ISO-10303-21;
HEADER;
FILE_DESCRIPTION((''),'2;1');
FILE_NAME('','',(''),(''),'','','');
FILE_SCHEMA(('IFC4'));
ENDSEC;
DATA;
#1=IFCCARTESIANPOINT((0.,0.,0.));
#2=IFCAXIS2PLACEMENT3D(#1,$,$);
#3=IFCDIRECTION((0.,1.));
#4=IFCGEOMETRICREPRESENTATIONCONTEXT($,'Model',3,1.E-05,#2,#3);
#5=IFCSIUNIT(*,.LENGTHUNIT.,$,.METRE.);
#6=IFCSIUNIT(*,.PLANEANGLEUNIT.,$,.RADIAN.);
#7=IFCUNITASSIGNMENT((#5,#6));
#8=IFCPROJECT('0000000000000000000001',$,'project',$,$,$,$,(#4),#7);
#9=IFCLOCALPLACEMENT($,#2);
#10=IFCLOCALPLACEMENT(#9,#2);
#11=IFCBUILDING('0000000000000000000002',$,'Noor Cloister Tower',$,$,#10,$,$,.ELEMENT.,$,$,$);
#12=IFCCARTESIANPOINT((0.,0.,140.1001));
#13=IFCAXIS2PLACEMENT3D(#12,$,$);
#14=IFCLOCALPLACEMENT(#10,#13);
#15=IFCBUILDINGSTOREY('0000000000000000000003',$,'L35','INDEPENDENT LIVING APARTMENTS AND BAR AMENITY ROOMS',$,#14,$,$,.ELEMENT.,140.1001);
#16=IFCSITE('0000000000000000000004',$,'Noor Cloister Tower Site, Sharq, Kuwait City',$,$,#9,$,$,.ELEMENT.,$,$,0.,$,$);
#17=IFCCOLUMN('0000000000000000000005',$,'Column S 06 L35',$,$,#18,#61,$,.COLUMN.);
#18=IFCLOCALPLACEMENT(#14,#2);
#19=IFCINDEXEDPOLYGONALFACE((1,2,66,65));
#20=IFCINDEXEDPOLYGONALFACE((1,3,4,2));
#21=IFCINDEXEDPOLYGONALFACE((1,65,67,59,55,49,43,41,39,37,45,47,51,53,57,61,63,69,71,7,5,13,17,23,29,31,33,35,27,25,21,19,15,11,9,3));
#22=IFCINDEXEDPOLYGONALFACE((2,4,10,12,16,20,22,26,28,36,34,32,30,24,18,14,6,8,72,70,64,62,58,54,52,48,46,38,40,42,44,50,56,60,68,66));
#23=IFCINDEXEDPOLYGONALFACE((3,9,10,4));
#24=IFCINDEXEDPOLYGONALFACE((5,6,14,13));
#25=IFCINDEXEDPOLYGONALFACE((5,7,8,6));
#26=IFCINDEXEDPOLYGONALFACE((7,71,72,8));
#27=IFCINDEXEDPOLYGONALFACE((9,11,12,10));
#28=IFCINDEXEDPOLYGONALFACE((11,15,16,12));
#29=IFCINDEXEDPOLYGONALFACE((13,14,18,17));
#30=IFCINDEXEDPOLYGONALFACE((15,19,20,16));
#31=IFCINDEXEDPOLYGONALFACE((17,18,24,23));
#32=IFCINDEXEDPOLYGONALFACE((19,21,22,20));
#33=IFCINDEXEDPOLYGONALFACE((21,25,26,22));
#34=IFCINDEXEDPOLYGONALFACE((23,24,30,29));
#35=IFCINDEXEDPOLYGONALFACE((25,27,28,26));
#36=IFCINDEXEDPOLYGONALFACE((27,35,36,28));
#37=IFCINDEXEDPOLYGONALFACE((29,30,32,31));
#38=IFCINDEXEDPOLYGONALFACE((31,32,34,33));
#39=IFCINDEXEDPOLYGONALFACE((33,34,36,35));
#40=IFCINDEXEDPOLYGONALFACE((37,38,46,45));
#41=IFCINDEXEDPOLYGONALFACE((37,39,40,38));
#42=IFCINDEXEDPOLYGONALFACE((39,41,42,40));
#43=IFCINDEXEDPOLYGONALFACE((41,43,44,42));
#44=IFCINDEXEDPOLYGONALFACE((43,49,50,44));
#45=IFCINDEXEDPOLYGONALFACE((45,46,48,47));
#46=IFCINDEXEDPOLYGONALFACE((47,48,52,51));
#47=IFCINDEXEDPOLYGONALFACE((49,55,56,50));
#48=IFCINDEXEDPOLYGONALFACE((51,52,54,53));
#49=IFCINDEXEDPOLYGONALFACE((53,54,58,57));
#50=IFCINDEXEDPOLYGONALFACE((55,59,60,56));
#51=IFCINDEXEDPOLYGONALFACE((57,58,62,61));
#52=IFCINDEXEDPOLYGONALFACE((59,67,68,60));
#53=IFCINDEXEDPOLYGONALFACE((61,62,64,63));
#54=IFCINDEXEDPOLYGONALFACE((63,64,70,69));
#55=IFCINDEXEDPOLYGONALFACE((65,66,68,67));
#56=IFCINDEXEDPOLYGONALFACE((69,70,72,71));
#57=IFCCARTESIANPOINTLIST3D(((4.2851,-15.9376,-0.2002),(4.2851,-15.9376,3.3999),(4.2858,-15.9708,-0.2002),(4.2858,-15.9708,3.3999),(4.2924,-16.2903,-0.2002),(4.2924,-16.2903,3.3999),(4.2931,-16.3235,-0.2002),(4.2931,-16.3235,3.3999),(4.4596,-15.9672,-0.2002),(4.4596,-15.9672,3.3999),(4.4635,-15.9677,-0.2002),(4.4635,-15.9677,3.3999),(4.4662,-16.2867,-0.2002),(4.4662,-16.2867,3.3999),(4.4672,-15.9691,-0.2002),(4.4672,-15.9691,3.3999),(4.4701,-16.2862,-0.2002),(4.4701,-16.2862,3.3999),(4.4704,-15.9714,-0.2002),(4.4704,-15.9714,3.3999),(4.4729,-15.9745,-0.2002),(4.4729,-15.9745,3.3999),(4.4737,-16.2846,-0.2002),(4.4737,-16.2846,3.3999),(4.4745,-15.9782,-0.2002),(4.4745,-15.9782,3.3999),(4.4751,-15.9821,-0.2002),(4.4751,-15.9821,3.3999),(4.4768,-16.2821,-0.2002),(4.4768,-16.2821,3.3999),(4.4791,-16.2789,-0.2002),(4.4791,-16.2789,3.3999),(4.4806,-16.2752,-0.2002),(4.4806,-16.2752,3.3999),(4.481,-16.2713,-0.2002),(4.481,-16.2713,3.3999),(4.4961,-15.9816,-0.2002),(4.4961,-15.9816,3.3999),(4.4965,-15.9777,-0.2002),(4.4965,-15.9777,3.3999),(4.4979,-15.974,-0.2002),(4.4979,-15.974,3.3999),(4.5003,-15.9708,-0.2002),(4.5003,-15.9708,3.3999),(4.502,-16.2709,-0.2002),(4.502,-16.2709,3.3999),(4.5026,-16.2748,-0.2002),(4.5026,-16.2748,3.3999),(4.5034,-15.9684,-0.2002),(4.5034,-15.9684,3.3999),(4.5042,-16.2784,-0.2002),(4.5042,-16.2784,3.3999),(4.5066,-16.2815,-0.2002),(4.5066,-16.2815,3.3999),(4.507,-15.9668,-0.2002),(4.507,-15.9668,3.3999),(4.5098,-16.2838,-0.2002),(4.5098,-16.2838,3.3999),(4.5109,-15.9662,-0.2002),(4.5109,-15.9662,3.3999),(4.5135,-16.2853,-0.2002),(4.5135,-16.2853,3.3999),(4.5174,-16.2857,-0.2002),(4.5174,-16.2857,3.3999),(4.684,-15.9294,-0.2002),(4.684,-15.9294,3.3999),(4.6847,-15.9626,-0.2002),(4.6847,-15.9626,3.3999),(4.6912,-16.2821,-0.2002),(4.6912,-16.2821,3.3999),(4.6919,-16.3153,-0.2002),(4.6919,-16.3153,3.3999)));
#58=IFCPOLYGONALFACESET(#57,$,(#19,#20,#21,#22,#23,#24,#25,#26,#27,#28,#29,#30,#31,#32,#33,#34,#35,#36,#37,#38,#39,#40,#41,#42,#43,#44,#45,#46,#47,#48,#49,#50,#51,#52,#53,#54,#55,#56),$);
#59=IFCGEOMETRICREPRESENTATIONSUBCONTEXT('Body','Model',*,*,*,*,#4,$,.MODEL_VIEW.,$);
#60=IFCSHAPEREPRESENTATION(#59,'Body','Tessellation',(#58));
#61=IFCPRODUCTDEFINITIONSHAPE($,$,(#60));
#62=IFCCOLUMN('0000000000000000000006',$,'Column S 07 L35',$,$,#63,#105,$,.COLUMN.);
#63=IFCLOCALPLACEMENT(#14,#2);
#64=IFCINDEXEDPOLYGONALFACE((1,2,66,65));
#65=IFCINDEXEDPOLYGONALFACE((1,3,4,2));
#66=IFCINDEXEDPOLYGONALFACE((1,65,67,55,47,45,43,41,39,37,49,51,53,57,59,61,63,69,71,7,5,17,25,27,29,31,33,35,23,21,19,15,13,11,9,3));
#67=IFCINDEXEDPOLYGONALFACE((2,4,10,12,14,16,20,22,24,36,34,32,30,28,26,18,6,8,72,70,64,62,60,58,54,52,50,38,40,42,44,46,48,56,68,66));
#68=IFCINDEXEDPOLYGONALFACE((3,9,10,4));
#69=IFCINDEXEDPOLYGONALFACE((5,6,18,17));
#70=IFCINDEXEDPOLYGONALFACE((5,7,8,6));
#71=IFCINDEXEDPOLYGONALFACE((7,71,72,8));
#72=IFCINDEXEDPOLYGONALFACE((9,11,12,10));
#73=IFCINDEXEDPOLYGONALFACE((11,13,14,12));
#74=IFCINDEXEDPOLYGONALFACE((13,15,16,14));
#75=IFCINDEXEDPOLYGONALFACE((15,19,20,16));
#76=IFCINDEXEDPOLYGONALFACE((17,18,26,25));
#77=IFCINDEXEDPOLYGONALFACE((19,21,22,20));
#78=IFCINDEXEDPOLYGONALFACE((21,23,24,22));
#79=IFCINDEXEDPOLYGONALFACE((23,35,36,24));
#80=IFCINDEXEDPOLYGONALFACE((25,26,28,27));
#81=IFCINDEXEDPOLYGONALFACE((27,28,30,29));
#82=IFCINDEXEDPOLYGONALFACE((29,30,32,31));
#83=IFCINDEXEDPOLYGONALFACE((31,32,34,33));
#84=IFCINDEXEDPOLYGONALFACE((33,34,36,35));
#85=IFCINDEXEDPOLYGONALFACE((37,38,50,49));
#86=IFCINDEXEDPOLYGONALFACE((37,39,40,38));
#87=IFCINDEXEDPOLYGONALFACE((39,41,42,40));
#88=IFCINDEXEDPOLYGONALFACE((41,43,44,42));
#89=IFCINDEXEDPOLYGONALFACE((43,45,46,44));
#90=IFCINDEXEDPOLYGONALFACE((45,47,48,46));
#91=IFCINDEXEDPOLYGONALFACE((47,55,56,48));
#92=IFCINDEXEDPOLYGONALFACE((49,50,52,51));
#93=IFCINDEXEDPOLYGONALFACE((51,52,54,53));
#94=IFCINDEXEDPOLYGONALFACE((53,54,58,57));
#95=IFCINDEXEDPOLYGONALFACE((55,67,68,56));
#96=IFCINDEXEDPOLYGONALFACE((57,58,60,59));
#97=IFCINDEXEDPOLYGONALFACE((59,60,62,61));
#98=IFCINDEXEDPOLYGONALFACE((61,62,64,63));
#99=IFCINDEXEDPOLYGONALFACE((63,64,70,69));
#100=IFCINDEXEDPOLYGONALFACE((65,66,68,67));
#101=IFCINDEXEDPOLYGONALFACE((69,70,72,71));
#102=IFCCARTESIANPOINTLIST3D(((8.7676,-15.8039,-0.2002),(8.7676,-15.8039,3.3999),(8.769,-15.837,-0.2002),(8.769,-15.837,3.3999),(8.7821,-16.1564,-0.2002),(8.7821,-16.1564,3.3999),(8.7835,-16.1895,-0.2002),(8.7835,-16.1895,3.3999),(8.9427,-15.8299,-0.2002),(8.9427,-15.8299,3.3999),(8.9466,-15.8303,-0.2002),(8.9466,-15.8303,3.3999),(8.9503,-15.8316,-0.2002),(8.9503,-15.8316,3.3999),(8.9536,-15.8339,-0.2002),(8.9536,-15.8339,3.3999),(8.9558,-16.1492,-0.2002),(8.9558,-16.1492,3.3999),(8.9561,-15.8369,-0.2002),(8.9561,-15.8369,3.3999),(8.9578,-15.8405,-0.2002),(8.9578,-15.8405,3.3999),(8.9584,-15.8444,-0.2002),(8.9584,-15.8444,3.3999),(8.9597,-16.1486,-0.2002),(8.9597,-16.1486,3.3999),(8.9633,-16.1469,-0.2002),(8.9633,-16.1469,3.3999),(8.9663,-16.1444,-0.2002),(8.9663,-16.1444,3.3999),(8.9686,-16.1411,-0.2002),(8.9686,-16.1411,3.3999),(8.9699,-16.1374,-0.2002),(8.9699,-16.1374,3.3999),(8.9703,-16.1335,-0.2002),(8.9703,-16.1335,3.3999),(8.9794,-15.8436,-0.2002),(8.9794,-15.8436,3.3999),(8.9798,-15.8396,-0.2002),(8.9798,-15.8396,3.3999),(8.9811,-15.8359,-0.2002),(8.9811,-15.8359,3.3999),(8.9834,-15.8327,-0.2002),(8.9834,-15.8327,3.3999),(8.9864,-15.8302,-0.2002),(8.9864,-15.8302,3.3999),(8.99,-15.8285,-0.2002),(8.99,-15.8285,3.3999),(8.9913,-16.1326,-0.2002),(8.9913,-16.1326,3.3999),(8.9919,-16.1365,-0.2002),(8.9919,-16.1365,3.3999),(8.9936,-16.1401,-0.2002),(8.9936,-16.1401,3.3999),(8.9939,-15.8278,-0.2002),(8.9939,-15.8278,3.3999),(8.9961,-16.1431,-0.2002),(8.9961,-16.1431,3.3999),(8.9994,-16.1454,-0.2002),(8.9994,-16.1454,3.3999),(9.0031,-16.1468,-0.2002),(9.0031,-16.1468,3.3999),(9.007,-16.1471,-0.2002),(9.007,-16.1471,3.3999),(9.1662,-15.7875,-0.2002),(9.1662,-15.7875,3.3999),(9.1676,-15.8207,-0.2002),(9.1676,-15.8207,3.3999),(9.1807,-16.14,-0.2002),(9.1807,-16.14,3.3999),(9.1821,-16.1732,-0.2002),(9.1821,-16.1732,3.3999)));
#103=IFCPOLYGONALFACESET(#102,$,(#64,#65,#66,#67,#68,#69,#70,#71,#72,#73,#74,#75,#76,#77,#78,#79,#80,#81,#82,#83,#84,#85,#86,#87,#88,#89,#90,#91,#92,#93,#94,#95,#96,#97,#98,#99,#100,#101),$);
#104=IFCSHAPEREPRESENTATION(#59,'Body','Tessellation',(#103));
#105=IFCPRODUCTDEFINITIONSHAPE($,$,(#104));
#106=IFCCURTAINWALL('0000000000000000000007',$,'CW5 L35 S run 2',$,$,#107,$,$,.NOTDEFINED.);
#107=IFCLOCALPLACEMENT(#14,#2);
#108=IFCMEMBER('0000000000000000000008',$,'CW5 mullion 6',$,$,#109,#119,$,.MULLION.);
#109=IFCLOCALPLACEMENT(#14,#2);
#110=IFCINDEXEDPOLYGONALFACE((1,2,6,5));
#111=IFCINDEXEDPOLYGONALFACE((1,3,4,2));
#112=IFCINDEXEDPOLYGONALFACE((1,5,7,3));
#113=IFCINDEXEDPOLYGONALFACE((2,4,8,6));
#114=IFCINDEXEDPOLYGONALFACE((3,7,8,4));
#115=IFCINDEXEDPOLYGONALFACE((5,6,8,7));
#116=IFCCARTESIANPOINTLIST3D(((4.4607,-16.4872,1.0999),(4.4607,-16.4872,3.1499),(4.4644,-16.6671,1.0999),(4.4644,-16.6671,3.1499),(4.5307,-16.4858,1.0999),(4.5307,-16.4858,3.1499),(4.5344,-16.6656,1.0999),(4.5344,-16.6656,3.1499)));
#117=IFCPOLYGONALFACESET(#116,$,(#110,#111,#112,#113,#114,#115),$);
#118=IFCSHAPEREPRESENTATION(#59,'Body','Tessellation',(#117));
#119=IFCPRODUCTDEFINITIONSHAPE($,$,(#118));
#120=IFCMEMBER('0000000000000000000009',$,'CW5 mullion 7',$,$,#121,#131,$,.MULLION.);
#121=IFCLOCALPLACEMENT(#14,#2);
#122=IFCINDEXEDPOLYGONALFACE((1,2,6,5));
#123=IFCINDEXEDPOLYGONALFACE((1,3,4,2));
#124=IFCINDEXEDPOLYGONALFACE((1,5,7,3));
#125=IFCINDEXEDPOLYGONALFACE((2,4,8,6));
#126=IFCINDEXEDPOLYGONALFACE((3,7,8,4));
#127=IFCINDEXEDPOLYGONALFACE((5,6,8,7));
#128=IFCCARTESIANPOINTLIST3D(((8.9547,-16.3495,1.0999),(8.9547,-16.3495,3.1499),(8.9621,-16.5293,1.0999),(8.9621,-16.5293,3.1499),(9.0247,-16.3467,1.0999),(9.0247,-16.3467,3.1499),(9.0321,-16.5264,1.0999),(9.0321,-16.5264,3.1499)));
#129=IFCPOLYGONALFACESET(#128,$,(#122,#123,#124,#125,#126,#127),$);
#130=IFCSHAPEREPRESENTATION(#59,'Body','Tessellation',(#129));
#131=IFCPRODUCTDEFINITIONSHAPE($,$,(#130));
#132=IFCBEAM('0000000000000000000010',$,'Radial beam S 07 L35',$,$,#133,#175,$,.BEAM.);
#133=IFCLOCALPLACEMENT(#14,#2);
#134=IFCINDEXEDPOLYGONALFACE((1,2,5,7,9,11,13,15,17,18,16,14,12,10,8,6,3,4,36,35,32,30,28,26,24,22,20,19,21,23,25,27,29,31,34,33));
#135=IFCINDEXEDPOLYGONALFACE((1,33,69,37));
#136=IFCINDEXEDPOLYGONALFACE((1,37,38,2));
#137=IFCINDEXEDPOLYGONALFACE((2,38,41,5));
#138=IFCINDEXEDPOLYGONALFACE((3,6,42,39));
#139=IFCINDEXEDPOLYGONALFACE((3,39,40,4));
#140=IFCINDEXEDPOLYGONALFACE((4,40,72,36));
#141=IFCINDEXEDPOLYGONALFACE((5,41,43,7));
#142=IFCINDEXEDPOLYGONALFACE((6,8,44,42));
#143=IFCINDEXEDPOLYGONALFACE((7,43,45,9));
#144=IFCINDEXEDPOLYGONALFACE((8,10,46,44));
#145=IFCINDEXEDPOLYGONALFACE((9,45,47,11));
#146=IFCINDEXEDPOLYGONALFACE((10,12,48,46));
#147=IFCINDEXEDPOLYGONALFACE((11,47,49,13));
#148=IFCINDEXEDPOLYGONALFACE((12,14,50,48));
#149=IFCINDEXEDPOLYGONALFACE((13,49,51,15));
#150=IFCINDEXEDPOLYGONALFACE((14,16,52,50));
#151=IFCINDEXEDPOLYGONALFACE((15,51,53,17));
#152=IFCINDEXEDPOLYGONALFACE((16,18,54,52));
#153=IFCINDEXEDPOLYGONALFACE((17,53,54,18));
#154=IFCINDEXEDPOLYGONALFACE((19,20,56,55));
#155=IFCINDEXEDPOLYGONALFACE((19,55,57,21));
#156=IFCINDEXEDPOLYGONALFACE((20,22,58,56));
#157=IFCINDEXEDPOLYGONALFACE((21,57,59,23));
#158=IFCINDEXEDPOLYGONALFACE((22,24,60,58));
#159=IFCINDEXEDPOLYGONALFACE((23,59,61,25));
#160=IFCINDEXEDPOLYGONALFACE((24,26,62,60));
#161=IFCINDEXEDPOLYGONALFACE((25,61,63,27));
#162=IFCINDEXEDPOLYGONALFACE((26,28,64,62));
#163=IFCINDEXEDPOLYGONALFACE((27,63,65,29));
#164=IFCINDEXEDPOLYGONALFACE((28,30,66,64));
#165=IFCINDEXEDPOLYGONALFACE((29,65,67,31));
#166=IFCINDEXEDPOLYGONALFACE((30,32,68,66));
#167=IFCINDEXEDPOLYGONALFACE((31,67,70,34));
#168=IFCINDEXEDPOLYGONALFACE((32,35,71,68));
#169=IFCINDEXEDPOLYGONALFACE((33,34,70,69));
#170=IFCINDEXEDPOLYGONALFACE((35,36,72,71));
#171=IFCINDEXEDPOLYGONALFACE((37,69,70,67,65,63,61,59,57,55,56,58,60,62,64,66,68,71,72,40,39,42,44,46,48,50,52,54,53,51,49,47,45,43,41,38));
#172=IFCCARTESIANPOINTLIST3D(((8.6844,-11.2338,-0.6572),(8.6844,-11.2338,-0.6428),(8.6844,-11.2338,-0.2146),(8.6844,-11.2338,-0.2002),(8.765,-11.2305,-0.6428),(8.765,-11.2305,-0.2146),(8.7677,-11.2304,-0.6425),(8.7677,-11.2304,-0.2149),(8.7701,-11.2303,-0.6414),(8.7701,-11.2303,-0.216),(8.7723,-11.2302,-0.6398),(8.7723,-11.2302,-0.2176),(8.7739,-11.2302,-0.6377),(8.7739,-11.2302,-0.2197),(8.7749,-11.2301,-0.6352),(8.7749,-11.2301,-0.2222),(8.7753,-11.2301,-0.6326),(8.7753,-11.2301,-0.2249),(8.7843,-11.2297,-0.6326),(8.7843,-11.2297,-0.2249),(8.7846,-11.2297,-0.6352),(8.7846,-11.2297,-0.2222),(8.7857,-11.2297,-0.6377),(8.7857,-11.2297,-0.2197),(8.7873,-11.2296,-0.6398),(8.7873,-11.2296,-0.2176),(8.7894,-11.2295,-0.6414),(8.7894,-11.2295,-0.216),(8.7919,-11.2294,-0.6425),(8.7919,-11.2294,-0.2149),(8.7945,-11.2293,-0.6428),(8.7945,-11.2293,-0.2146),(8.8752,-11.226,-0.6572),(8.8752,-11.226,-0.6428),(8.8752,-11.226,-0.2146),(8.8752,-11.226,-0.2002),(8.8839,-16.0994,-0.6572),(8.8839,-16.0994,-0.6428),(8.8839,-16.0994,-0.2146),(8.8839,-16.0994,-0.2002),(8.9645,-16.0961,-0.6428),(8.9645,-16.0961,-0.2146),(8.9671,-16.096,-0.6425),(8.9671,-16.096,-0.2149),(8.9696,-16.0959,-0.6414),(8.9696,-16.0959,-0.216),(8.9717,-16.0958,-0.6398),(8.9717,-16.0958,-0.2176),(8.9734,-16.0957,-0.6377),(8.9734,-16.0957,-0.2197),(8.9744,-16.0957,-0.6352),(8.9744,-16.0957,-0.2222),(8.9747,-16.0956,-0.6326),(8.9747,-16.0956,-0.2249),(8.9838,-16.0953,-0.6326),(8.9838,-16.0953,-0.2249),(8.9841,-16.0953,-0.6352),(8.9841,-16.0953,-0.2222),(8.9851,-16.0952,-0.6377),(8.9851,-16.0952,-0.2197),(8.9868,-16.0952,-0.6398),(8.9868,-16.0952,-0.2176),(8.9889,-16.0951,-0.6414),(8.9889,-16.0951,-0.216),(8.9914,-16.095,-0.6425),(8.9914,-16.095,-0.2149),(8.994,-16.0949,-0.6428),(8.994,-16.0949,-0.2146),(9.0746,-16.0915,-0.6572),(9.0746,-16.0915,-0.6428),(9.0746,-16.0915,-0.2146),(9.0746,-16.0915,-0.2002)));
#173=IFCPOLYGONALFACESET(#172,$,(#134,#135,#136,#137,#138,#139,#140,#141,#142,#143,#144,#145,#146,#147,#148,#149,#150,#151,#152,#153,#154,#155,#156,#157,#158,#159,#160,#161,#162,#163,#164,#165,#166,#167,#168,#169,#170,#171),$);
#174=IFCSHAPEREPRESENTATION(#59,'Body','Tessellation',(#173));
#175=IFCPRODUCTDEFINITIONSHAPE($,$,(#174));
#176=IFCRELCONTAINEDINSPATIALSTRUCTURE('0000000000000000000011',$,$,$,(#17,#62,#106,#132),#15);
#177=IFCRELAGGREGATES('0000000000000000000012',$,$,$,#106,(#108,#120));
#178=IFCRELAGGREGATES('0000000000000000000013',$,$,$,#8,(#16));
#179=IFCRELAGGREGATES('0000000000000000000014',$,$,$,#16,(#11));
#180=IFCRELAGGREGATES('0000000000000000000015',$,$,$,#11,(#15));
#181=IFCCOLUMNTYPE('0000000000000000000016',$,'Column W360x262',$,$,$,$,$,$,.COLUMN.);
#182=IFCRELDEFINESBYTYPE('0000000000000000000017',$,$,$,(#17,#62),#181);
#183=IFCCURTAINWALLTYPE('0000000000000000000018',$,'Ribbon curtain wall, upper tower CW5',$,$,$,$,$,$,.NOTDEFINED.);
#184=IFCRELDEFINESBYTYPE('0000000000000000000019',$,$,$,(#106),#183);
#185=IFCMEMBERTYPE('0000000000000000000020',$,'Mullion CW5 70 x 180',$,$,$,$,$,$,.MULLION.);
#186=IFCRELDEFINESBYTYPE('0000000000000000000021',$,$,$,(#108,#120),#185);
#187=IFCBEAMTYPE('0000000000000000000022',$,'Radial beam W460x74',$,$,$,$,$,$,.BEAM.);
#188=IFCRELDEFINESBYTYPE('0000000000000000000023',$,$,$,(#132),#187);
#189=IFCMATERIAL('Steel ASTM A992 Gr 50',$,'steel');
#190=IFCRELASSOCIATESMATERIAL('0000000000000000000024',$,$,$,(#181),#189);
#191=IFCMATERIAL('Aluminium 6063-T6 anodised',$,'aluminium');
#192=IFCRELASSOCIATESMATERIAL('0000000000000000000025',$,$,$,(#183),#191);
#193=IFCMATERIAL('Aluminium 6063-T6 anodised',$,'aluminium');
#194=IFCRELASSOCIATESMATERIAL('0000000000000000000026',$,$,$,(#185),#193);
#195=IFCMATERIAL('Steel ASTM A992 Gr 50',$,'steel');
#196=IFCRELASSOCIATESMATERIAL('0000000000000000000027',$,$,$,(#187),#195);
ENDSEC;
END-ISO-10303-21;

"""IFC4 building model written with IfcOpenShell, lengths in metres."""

from ifc_helpers import new_model, si_unit, direction, frame, origin, origin_2d, place, context, subcontext, project, spatial, rectangle, i_section, extrude, material, material_profile, profile_set, type_object, element, aggregate, save


model = new_model("IFC4")

# Units and contexts
model_context = context("Model", 3, precision=1e-05, world=origin(), true_north=direction((0.0, 1.0)))
body_context = subcontext(model_context, "Body", "Model", "MODEL_VIEW")
ifc_project = project(units=[si_unit("LENGTHUNIT", "METRE"), si_unit("PLANEANGLEUNIT", "RADIAN")], contexts=[model_context])

# Site, building, storey
site_placement = place(None, origin())
site = spatial("IfcSite", under=ifc_project, at=site_placement, Name="Noor Cloister Tower Site, Sharq, Kuwait City", CompositionType="ELEMENT", RefElevation=0.0)
building_placement = place(site_placement, origin())
building = spatial("IfcBuilding", under=site, at=building_placement, Name="Noor Cloister Tower", CompositionType="ELEMENT")
storey_placement = place(building_placement, frame((0.0, 0.0, 140.1001)))
storey = spatial("IfcBuildingStorey", under=building, at=storey_placement, Name="L35", Description="INDEPENDENT LIVING APARTMENTS AND BAR AMENITY ROOMS", CompositionType="ELEMENT", Elevation=140.1001)

# Columns
ifc_material_1 = material(Name="Steel ASTM A992 Gr 50", Category="steel")
ifc_material_profile_1 = material_profile(ifc_material_1, i_section(OverallWidth=0.3989, OverallDepth=0.386, WebThickness=0.021, FlangeThickness=0.0332, FilletRadius=0.0151, at=origin_2d()), Name="W360x262")
ifc_profile_set_1 = profile_set([ifc_material_profile_1], Name="Steel ASTM A992 Gr 50")
column_type = type_object("IfcColumnType", Name="Column W360x262", PredefinedType="COLUMN", material=ifc_profile_set_1)
for number, where, z_axis, x_axis, name in (
    (1, (4.4885, -16.1265, -0.2002), (0.0, 0.0, 1.0), (0.99979, 0.020502, 0.0), "Column S 06 L35"),
    (2, (8.9749, -15.9885, -0.2002), (0.0, 0.0, 1.0), (0.999159, 0.040995, 0.0), "Column S 07 L35"),
):
    element("IfcColumn", number, at=place(storey_placement, frame(where, z_axis=z_axis, x_axis=x_axis)), inside=storey, type_object=column_type, Name=name, PredefinedType="COLUMN", context=body_context, shape_type="SweptSolid", body=[
        extrude(i_section(OverallWidth=0.3989, OverallDepth=0.386, WebThickness=0.021, FlangeThickness=0.0332, FilletRadius=0.0151, at=origin_2d()), origin(), (0.0, 0.0, 1.0), 3.6001),
    ])

# Curtain wall, members
ifc_material_2 = material(Name="Aluminium 6063-T6 anodised", Category="aluminium")
curtain_wall_type = type_object("IfcCurtainWallType", Name="Ribbon curtain wall, upper tower CW5", PredefinedType="NOTDEFINED", material=ifc_material_2)
curtain_wall_placement = place(storey_placement, origin())
curtain_wall = element("IfcCurtainWall", 3, at=curtain_wall_placement, inside=storey, type_object=curtain_wall_type, Name="CW5 L35 S run 2", PredefinedType="NOTDEFINED")
ifc_material_3 = material(Name="Aluminium 6063-T6 anodised", Category="aluminium")
ifc_material_profile_2 = material_profile(ifc_material_3, rectangle(XDim=0.1799, YDim=0.0701, at=origin_2d()), Name="180 x 70 mullion")
ifc_profile_set_2 = profile_set([ifc_material_profile_2], Name="Aluminium 6063-T6 anodised")
member_type = type_object("IfcMemberType", Name="Mullion CW5 70 x 180", PredefinedType="MULLION", material=ifc_profile_set_2)
member_1_placement = place(storey_placement, frame((4.4976, -16.5764, 1.0999), z_axis=(0.0, 0.0, 1.0), x_axis=(-0.020502, 0.99979, 0.0)))
member_1 = element("IfcMember", 4, at=member_1_placement, type_object=member_type, Name="CW5 mullion 6", PredefinedType="MULLION", context=body_context, shape_type="SweptSolid", body=[
    extrude(rectangle(XDim=0.1799, YDim=0.0701, at=origin_2d()), origin(), (0.0, 0.0, 1.0), 2.05),
])
member_2_placement = place(storey_placement, frame((8.9934, -16.438, 1.0999), z_axis=(0.0, 0.0, 1.0), x_axis=(-0.040995, 0.999159, 0.0)))
member_2 = element("IfcMember", 5, at=member_2_placement, type_object=member_type, Name="CW5 mullion 7", PredefinedType="MULLION", context=body_context, shape_type="SweptSolid", body=[
    extrude(rectangle(XDim=0.1799, YDim=0.0701, at=origin_2d()), origin(), (0.0, 0.0, 1.0), 2.05),
])

# Beam
ifc_material_4 = material(Name="Steel ASTM A992 Gr 50", Category="steel")
ifc_material_profile_3 = material_profile(ifc_material_4, i_section(OverallWidth=0.1909, OverallDepth=0.457, WebThickness=0.009, FlangeThickness=0.0144, FilletRadius=0.0103, at=origin_2d()), Name="W460x74")
ifc_profile_set_3 = profile_set([ifc_material_profile_3], Name="Steel ASTM A992 Gr 50")
beam_type_1 = type_object("IfcBeamType", Name="Radial beam W460x74", PredefinedType="BEAM", material=ifc_profile_set_3)
beam_1_placement = place(storey_placement, frame((8.9792, -16.0955, -0.4287), z_axis=(-0.040961, 0.999161, 0.0), x_axis=(-0.999161, -0.040961, 0.0)))
element("IfcBeam", 6, at=beam_1_placement, inside=storey, type_object=beam_type_1, Name="Radial beam S 07 L35", PredefinedType="BEAM", context=body_context, shape_type="SweptSolid", body=[
    extrude(i_section(OverallWidth=0.1909, OverallDepth=0.457, WebThickness=0.009, FlangeThickness=0.0144, FilletRadius=0.0103, at=origin_2d()), origin(), (0.0, 0.0, 1.0), 4.8696),
])

aggregate(curtain_wall, [member_1, member_2])

save(model, "model.ifc")
